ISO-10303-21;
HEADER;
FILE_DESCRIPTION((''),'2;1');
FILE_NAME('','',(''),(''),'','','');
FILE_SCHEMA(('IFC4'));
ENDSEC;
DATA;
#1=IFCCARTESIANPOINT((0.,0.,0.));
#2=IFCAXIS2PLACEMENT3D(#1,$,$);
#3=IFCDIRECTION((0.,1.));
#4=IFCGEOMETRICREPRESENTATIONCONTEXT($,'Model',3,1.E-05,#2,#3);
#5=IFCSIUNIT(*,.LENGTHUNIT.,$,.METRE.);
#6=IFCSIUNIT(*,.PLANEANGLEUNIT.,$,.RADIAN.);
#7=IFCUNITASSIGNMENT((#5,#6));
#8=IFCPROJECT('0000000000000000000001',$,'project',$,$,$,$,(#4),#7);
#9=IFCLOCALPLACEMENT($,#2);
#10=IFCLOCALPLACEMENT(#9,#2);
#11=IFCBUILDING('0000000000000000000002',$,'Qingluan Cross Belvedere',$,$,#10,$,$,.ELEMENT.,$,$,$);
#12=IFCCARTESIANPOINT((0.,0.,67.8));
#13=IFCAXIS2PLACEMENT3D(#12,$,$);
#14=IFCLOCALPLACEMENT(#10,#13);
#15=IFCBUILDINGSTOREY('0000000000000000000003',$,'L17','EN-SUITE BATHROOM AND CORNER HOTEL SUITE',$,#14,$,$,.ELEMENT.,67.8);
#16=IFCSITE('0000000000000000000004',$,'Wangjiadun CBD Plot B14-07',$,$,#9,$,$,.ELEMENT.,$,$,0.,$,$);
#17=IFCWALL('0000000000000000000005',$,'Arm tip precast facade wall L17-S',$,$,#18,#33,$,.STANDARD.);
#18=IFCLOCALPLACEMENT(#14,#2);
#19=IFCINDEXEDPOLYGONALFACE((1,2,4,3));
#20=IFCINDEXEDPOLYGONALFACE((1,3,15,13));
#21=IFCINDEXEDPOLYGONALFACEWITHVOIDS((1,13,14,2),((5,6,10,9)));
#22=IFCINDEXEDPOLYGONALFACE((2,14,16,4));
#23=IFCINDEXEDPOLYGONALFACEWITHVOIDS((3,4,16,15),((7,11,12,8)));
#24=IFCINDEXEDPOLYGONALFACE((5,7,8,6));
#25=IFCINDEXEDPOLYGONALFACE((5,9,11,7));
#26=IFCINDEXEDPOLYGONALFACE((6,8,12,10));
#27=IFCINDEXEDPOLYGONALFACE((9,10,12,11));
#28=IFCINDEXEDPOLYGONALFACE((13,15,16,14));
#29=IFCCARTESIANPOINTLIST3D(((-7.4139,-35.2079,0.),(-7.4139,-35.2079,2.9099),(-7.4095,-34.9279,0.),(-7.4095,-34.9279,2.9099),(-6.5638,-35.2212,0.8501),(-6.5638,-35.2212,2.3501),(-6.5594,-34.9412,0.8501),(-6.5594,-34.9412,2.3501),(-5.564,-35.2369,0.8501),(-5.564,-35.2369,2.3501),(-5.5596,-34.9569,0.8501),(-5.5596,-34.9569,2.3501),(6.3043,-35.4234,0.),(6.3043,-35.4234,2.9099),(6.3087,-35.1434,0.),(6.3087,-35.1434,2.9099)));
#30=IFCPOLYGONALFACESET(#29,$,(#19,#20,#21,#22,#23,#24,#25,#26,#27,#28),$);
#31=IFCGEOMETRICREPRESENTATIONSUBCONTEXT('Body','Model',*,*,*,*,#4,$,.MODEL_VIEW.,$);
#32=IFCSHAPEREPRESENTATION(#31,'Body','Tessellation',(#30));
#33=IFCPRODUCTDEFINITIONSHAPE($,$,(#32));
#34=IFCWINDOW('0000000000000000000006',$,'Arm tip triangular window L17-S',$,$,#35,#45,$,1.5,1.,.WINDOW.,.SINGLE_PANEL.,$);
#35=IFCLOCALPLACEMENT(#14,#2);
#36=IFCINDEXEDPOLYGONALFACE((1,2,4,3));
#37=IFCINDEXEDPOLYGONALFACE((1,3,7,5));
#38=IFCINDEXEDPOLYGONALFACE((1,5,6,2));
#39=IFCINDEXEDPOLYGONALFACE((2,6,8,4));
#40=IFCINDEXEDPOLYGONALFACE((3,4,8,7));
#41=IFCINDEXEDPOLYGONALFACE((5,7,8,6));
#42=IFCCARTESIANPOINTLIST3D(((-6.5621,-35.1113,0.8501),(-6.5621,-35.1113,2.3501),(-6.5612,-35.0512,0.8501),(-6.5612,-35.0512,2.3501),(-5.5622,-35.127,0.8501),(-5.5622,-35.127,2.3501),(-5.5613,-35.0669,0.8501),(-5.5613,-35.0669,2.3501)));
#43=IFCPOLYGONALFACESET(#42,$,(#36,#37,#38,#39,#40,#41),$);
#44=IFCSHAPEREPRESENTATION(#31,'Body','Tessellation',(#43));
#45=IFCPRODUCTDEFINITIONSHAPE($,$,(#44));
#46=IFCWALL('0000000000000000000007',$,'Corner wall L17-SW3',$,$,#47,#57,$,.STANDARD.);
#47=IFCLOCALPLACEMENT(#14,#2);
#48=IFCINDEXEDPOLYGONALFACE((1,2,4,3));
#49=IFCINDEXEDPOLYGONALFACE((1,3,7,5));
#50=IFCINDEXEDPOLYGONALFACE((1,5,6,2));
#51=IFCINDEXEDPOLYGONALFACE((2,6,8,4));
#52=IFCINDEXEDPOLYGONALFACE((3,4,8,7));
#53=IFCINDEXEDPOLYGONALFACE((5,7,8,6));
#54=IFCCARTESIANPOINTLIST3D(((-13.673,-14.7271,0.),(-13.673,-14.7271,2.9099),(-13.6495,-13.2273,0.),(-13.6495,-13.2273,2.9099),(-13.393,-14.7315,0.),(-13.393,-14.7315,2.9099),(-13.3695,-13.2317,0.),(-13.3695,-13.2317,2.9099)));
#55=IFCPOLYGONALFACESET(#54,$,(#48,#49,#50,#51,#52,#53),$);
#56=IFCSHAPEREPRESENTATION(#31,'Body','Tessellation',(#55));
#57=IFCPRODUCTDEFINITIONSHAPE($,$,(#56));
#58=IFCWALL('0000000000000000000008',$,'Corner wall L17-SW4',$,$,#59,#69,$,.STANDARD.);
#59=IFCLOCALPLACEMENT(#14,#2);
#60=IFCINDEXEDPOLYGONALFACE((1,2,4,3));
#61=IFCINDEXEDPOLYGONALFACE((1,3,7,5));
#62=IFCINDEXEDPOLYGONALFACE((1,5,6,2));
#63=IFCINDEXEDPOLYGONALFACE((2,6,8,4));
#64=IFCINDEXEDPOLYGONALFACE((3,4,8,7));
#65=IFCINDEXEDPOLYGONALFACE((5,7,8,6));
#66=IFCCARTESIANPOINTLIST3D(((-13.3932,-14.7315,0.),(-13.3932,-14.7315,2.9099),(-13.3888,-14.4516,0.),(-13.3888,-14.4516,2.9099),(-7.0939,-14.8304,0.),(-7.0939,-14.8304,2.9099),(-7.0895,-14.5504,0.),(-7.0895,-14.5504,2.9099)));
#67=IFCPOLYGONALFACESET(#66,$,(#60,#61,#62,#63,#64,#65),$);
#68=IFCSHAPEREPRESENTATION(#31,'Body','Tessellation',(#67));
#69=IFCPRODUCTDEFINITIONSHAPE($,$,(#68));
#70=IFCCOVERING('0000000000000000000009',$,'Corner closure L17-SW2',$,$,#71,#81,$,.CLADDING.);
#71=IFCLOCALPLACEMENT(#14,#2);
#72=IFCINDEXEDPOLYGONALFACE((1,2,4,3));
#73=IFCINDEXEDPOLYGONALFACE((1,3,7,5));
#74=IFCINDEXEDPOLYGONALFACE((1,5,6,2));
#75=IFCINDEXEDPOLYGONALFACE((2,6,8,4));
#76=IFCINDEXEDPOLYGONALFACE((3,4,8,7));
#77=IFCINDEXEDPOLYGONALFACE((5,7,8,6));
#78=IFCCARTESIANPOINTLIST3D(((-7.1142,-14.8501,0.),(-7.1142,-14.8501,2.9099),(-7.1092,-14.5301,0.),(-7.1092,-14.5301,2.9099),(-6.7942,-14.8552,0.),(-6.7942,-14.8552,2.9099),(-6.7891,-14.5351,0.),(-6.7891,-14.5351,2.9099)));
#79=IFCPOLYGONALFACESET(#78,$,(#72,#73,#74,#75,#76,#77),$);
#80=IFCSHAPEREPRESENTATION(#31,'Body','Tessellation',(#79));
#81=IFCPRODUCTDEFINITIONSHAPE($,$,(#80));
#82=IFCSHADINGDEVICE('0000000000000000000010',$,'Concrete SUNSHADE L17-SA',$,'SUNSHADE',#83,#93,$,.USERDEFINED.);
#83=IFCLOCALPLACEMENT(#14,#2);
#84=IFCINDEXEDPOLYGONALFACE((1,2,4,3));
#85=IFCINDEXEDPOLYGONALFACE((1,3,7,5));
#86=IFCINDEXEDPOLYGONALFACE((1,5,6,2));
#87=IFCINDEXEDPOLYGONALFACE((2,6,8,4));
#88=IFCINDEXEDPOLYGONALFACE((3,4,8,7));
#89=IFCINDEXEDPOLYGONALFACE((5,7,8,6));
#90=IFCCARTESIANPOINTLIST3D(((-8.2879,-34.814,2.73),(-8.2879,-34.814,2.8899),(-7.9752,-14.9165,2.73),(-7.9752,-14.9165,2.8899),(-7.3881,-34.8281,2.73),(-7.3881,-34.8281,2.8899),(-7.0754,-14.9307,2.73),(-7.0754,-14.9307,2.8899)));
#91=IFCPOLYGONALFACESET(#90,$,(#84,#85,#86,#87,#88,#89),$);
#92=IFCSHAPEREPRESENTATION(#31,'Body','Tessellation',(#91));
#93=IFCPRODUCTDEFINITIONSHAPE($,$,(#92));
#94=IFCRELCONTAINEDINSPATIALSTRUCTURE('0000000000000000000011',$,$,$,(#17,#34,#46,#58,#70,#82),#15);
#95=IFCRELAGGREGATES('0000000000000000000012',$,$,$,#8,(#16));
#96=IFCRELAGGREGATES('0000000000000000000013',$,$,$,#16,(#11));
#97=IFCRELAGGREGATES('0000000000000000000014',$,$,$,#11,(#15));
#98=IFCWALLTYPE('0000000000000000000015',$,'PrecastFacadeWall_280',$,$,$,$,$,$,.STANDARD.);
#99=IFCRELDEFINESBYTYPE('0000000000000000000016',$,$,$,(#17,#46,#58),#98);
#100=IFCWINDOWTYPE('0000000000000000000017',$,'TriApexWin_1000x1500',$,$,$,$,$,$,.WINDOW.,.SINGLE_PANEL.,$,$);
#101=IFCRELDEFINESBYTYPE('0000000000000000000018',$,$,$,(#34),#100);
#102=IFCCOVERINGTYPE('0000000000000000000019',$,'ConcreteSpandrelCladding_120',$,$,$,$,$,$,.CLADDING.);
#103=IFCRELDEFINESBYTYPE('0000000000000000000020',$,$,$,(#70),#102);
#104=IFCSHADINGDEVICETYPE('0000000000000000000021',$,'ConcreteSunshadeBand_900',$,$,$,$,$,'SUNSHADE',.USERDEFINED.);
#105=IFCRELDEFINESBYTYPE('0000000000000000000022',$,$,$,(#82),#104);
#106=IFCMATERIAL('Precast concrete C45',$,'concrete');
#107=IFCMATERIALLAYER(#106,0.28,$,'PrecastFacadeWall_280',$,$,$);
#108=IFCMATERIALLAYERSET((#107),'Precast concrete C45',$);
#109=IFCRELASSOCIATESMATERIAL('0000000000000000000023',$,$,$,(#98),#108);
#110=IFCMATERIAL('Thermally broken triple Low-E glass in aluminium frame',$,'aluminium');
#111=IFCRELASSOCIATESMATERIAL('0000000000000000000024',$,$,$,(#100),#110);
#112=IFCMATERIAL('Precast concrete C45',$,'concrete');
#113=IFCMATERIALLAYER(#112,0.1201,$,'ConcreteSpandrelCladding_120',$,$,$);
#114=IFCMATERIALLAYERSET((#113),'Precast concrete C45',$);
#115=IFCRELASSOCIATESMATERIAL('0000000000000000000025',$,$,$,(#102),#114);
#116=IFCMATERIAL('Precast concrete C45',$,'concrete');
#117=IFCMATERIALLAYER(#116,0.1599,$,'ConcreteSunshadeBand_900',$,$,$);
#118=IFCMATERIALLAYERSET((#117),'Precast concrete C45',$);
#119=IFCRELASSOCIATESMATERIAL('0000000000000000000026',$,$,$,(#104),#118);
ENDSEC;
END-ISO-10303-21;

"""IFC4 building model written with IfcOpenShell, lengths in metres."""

from ifc_helpers import new_model, si_unit, direction, frame, frame_2d, origin, origin_2d, place, context, subcontext, project, spatial, rectangle, extrude, material, layer, layer_set, type_object, element, fill, save


model = new_model("IFC4")

# Units and contexts
model_context = context("Model", 3, precision=1e-05, world=origin(), true_north=direction((0.0, 1.0)))
body_context = subcontext(model_context, "Body", "Model", "MODEL_VIEW")
ifc_project = project(units=[si_unit("LENGTHUNIT", "METRE"), si_unit("PLANEANGLEUNIT", "RADIAN")], contexts=[model_context])

# Site, building, storey
site_placement = place(None, origin())
site = spatial("IfcSite", under=ifc_project, at=site_placement, Name="Wangjiadun CBD Plot B14-07", CompositionType="ELEMENT", RefElevation=0.0)
building_placement = place(site_placement, origin())
building = spatial("IfcBuilding", under=site, at=building_placement, Name="Qingluan Cross Belvedere", CompositionType="ELEMENT")
storey_placement = place(building_placement, frame((0.0, 0.0, 67.8)))
storey = spatial("IfcBuildingStorey", under=building, at=storey_placement, Name="L17", Description="EN-SUITE BATHROOM AND CORNER HOTEL SUITE", CompositionType="ELEMENT", Elevation=67.8)

# Shared definitions
ifc_material_1 = material(Name="Precast concrete C45", Category="concrete")
ifc_layer_1 = layer(ifc_material_1, 0.28, Name="PrecastFacadeWall_280")
ifc_layer_set_1 = layer_set([ifc_layer_1], Name="Precast concrete C45")
wall_type_1 = type_object("IfcWallType", Name="PrecastFacadeWall_280", PredefinedType="STANDARD", material=ifc_layer_set_1)

# Wall, opening, window
wall_1_placement = place(storey_placement, frame((-7.4116, -35.0679, 0.0), z_axis=(0.0, 0.0, 1.0), x_axis=(0.999877, -0.015713, 0.0)))
wall_1 = element("IfcWall", 1, at=wall_1_placement, inside=storey, type_object=wall_type_1, Name="Arm tip precast facade wall L17-S", PredefinedType="STANDARD", context=body_context, shape_type="SweptSolid", body=[
    extrude(rectangle(XDim=13.72, YDim=0.28, at=frame_2d((6.8599, 0.0))), origin(), (0.0, 0.0, 1.0), 2.9099),
])
opening_1_placement = place(wall_1_placement, frame((0.8501, 0.0, 0.8501)))
opening_1 = element("IfcOpeningElement", 2, at=opening_1_placement, cuts=wall_1, PredefinedType="OPENING", context=body_context, shape_type="SweptSolid", body=[
    extrude(rectangle(XDim=1.0, YDim=1.5, at=frame_2d((0.5, 0.75))), frame((0.0, 0.1499, 0.0), z_axis=(0.0, -1.0, 0.0), x_axis=(1.0, 0.0, 0.0)), (0.0, 0.0, 1.0), 0.3),
])
ifc_material_2 = material(Name="Thermally broken triple Low-E glass in aluminium frame", Category="aluminium")
window_type_1 = type_object("IfcWindowType", Name="TriApexWin_1000x1500", PartitioningType="SINGLE_PANEL", PredefinedType="WINDOW", material=ifc_material_2)
window_1_placement = place(opening_1_placement, origin())
window_1 = element("IfcWindow", 3, at=window_1_placement, inside=storey, type_object=window_type_1, Name="Arm tip triangular window L17-S", OverallHeight=1.5, OverallWidth=1.0, PartitioningType="SINGLE_PANEL", PredefinedType="WINDOW", context=body_context, shape_type="SweptSolid", body=[
    extrude(rectangle(XDim=1.0, YDim=1.5, at=frame_2d((0.5, 0.75))), frame((0.0, 0.03, 0.0), z_axis=(0.0, -1.0, 0.0), x_axis=(1.0, 0.0, 0.0)), (0.0, 0.0, 1.0), 0.0601),
])
fill(opening_1, window_1)

# Walls
wall_2_placement = place(storey_placement, frame((-13.5095, -13.2295, 0.0), z_axis=(0.0, 0.0, 1.0), x_axis=(-0.015626, -0.999878, 0.0)))
element("IfcWall", 4, at=wall_2_placement, inside=storey, type_object=wall_type_1, Name="Corner wall L17-SW3", PredefinedType="STANDARD", context=body_context, shape_type="SweptSolid", body=[
    extrude(rectangle(XDim=1.5, YDim=0.28, at=frame_2d((0.75, 0.0))), origin(), (0.0, 0.0, 1.0), 2.9099),
])
wall_3_placement = place(storey_placement, frame((-13.3909, -14.5916, 0.0), z_axis=(0.0, 0.0, 1.0), x_axis=(0.999877, -0.015695, 0.0)))
element("IfcWall", 5, at=wall_3_placement, inside=storey, type_object=wall_type_1, Name="Corner wall L17-SW4", PredefinedType="STANDARD", context=body_context, shape_type="SweptSolid", body=[
    extrude(rectangle(XDim=6.3, YDim=0.28, at=frame_2d((3.1499, 0.0))), origin(), (0.0, 0.0, 1.0), 2.9099),
])

# Covering
ifc_material_3 = material(Name="Precast concrete C45", Category="concrete")
ifc_layer_2 = layer(ifc_material_3, 0.1201, Name="ConcreteSpandrelCladding_120")
ifc_layer_set_2 = layer_set([ifc_layer_2], Name="Precast concrete C45")
covering_type = type_object("IfcCoveringType", Name="ConcreteSpandrelCladding_120", PredefinedType="CLADDING", material=ifc_layer_set_2)
covering_placement = place(storey_placement, frame((-6.9517, -14.6926, 0.0), z_axis=(0.0, 0.0, 1.0), x_axis=(0.999877, -0.015707, 0.0)))
element("IfcCovering", 6, at=covering_placement, inside=storey, type_object=covering_type, Name="Corner closure L17-SW2", PredefinedType="CLADDING", context=body_context, shape_type="SweptSolid", body=[
    extrude(rectangle(XDim=0.3201, YDim=0.3201, at=origin_2d()), origin(), (0.0, 0.0, 1.0), 2.9099),
])

# Shading device
ifc_material_4 = material(Name="Precast concrete C45", Category="concrete")
ifc_layer_3 = layer(ifc_material_4, 0.1599, Name="ConcreteSunshadeBand_900")
ifc_layer_set_3 = layer_set([ifc_layer_3], Name="Precast concrete C45")
shading_device_type = type_object("IfcShadingDeviceType", Name="ConcreteSunshadeBand_900", ElementType="SUNSHADE", PredefinedType="USERDEFINED", material=ifc_layer_set_3)
shading_device_placement = place(storey_placement, frame((-7.6816, -24.8723, 2.73), z_axis=(0.0, 0.0, 1.0), x_axis=(-0.015711, -0.999877, 0.0)))
element("IfcShadingDevice", 7, at=shading_device_placement, inside=storey, type_object=shading_device_type, Name="Concrete SUNSHADE L17-SA", ObjectType="SUNSHADE", PredefinedType="USERDEFINED", context=body_context, shape_type="SweptSolid", body=[
    extrude(rectangle(XDim=19.8999, YDim=0.8999, at=origin_2d()), origin(), (0.0, 0.0, 1.0), 0.1599),
])

save(model, "model.ifc")
